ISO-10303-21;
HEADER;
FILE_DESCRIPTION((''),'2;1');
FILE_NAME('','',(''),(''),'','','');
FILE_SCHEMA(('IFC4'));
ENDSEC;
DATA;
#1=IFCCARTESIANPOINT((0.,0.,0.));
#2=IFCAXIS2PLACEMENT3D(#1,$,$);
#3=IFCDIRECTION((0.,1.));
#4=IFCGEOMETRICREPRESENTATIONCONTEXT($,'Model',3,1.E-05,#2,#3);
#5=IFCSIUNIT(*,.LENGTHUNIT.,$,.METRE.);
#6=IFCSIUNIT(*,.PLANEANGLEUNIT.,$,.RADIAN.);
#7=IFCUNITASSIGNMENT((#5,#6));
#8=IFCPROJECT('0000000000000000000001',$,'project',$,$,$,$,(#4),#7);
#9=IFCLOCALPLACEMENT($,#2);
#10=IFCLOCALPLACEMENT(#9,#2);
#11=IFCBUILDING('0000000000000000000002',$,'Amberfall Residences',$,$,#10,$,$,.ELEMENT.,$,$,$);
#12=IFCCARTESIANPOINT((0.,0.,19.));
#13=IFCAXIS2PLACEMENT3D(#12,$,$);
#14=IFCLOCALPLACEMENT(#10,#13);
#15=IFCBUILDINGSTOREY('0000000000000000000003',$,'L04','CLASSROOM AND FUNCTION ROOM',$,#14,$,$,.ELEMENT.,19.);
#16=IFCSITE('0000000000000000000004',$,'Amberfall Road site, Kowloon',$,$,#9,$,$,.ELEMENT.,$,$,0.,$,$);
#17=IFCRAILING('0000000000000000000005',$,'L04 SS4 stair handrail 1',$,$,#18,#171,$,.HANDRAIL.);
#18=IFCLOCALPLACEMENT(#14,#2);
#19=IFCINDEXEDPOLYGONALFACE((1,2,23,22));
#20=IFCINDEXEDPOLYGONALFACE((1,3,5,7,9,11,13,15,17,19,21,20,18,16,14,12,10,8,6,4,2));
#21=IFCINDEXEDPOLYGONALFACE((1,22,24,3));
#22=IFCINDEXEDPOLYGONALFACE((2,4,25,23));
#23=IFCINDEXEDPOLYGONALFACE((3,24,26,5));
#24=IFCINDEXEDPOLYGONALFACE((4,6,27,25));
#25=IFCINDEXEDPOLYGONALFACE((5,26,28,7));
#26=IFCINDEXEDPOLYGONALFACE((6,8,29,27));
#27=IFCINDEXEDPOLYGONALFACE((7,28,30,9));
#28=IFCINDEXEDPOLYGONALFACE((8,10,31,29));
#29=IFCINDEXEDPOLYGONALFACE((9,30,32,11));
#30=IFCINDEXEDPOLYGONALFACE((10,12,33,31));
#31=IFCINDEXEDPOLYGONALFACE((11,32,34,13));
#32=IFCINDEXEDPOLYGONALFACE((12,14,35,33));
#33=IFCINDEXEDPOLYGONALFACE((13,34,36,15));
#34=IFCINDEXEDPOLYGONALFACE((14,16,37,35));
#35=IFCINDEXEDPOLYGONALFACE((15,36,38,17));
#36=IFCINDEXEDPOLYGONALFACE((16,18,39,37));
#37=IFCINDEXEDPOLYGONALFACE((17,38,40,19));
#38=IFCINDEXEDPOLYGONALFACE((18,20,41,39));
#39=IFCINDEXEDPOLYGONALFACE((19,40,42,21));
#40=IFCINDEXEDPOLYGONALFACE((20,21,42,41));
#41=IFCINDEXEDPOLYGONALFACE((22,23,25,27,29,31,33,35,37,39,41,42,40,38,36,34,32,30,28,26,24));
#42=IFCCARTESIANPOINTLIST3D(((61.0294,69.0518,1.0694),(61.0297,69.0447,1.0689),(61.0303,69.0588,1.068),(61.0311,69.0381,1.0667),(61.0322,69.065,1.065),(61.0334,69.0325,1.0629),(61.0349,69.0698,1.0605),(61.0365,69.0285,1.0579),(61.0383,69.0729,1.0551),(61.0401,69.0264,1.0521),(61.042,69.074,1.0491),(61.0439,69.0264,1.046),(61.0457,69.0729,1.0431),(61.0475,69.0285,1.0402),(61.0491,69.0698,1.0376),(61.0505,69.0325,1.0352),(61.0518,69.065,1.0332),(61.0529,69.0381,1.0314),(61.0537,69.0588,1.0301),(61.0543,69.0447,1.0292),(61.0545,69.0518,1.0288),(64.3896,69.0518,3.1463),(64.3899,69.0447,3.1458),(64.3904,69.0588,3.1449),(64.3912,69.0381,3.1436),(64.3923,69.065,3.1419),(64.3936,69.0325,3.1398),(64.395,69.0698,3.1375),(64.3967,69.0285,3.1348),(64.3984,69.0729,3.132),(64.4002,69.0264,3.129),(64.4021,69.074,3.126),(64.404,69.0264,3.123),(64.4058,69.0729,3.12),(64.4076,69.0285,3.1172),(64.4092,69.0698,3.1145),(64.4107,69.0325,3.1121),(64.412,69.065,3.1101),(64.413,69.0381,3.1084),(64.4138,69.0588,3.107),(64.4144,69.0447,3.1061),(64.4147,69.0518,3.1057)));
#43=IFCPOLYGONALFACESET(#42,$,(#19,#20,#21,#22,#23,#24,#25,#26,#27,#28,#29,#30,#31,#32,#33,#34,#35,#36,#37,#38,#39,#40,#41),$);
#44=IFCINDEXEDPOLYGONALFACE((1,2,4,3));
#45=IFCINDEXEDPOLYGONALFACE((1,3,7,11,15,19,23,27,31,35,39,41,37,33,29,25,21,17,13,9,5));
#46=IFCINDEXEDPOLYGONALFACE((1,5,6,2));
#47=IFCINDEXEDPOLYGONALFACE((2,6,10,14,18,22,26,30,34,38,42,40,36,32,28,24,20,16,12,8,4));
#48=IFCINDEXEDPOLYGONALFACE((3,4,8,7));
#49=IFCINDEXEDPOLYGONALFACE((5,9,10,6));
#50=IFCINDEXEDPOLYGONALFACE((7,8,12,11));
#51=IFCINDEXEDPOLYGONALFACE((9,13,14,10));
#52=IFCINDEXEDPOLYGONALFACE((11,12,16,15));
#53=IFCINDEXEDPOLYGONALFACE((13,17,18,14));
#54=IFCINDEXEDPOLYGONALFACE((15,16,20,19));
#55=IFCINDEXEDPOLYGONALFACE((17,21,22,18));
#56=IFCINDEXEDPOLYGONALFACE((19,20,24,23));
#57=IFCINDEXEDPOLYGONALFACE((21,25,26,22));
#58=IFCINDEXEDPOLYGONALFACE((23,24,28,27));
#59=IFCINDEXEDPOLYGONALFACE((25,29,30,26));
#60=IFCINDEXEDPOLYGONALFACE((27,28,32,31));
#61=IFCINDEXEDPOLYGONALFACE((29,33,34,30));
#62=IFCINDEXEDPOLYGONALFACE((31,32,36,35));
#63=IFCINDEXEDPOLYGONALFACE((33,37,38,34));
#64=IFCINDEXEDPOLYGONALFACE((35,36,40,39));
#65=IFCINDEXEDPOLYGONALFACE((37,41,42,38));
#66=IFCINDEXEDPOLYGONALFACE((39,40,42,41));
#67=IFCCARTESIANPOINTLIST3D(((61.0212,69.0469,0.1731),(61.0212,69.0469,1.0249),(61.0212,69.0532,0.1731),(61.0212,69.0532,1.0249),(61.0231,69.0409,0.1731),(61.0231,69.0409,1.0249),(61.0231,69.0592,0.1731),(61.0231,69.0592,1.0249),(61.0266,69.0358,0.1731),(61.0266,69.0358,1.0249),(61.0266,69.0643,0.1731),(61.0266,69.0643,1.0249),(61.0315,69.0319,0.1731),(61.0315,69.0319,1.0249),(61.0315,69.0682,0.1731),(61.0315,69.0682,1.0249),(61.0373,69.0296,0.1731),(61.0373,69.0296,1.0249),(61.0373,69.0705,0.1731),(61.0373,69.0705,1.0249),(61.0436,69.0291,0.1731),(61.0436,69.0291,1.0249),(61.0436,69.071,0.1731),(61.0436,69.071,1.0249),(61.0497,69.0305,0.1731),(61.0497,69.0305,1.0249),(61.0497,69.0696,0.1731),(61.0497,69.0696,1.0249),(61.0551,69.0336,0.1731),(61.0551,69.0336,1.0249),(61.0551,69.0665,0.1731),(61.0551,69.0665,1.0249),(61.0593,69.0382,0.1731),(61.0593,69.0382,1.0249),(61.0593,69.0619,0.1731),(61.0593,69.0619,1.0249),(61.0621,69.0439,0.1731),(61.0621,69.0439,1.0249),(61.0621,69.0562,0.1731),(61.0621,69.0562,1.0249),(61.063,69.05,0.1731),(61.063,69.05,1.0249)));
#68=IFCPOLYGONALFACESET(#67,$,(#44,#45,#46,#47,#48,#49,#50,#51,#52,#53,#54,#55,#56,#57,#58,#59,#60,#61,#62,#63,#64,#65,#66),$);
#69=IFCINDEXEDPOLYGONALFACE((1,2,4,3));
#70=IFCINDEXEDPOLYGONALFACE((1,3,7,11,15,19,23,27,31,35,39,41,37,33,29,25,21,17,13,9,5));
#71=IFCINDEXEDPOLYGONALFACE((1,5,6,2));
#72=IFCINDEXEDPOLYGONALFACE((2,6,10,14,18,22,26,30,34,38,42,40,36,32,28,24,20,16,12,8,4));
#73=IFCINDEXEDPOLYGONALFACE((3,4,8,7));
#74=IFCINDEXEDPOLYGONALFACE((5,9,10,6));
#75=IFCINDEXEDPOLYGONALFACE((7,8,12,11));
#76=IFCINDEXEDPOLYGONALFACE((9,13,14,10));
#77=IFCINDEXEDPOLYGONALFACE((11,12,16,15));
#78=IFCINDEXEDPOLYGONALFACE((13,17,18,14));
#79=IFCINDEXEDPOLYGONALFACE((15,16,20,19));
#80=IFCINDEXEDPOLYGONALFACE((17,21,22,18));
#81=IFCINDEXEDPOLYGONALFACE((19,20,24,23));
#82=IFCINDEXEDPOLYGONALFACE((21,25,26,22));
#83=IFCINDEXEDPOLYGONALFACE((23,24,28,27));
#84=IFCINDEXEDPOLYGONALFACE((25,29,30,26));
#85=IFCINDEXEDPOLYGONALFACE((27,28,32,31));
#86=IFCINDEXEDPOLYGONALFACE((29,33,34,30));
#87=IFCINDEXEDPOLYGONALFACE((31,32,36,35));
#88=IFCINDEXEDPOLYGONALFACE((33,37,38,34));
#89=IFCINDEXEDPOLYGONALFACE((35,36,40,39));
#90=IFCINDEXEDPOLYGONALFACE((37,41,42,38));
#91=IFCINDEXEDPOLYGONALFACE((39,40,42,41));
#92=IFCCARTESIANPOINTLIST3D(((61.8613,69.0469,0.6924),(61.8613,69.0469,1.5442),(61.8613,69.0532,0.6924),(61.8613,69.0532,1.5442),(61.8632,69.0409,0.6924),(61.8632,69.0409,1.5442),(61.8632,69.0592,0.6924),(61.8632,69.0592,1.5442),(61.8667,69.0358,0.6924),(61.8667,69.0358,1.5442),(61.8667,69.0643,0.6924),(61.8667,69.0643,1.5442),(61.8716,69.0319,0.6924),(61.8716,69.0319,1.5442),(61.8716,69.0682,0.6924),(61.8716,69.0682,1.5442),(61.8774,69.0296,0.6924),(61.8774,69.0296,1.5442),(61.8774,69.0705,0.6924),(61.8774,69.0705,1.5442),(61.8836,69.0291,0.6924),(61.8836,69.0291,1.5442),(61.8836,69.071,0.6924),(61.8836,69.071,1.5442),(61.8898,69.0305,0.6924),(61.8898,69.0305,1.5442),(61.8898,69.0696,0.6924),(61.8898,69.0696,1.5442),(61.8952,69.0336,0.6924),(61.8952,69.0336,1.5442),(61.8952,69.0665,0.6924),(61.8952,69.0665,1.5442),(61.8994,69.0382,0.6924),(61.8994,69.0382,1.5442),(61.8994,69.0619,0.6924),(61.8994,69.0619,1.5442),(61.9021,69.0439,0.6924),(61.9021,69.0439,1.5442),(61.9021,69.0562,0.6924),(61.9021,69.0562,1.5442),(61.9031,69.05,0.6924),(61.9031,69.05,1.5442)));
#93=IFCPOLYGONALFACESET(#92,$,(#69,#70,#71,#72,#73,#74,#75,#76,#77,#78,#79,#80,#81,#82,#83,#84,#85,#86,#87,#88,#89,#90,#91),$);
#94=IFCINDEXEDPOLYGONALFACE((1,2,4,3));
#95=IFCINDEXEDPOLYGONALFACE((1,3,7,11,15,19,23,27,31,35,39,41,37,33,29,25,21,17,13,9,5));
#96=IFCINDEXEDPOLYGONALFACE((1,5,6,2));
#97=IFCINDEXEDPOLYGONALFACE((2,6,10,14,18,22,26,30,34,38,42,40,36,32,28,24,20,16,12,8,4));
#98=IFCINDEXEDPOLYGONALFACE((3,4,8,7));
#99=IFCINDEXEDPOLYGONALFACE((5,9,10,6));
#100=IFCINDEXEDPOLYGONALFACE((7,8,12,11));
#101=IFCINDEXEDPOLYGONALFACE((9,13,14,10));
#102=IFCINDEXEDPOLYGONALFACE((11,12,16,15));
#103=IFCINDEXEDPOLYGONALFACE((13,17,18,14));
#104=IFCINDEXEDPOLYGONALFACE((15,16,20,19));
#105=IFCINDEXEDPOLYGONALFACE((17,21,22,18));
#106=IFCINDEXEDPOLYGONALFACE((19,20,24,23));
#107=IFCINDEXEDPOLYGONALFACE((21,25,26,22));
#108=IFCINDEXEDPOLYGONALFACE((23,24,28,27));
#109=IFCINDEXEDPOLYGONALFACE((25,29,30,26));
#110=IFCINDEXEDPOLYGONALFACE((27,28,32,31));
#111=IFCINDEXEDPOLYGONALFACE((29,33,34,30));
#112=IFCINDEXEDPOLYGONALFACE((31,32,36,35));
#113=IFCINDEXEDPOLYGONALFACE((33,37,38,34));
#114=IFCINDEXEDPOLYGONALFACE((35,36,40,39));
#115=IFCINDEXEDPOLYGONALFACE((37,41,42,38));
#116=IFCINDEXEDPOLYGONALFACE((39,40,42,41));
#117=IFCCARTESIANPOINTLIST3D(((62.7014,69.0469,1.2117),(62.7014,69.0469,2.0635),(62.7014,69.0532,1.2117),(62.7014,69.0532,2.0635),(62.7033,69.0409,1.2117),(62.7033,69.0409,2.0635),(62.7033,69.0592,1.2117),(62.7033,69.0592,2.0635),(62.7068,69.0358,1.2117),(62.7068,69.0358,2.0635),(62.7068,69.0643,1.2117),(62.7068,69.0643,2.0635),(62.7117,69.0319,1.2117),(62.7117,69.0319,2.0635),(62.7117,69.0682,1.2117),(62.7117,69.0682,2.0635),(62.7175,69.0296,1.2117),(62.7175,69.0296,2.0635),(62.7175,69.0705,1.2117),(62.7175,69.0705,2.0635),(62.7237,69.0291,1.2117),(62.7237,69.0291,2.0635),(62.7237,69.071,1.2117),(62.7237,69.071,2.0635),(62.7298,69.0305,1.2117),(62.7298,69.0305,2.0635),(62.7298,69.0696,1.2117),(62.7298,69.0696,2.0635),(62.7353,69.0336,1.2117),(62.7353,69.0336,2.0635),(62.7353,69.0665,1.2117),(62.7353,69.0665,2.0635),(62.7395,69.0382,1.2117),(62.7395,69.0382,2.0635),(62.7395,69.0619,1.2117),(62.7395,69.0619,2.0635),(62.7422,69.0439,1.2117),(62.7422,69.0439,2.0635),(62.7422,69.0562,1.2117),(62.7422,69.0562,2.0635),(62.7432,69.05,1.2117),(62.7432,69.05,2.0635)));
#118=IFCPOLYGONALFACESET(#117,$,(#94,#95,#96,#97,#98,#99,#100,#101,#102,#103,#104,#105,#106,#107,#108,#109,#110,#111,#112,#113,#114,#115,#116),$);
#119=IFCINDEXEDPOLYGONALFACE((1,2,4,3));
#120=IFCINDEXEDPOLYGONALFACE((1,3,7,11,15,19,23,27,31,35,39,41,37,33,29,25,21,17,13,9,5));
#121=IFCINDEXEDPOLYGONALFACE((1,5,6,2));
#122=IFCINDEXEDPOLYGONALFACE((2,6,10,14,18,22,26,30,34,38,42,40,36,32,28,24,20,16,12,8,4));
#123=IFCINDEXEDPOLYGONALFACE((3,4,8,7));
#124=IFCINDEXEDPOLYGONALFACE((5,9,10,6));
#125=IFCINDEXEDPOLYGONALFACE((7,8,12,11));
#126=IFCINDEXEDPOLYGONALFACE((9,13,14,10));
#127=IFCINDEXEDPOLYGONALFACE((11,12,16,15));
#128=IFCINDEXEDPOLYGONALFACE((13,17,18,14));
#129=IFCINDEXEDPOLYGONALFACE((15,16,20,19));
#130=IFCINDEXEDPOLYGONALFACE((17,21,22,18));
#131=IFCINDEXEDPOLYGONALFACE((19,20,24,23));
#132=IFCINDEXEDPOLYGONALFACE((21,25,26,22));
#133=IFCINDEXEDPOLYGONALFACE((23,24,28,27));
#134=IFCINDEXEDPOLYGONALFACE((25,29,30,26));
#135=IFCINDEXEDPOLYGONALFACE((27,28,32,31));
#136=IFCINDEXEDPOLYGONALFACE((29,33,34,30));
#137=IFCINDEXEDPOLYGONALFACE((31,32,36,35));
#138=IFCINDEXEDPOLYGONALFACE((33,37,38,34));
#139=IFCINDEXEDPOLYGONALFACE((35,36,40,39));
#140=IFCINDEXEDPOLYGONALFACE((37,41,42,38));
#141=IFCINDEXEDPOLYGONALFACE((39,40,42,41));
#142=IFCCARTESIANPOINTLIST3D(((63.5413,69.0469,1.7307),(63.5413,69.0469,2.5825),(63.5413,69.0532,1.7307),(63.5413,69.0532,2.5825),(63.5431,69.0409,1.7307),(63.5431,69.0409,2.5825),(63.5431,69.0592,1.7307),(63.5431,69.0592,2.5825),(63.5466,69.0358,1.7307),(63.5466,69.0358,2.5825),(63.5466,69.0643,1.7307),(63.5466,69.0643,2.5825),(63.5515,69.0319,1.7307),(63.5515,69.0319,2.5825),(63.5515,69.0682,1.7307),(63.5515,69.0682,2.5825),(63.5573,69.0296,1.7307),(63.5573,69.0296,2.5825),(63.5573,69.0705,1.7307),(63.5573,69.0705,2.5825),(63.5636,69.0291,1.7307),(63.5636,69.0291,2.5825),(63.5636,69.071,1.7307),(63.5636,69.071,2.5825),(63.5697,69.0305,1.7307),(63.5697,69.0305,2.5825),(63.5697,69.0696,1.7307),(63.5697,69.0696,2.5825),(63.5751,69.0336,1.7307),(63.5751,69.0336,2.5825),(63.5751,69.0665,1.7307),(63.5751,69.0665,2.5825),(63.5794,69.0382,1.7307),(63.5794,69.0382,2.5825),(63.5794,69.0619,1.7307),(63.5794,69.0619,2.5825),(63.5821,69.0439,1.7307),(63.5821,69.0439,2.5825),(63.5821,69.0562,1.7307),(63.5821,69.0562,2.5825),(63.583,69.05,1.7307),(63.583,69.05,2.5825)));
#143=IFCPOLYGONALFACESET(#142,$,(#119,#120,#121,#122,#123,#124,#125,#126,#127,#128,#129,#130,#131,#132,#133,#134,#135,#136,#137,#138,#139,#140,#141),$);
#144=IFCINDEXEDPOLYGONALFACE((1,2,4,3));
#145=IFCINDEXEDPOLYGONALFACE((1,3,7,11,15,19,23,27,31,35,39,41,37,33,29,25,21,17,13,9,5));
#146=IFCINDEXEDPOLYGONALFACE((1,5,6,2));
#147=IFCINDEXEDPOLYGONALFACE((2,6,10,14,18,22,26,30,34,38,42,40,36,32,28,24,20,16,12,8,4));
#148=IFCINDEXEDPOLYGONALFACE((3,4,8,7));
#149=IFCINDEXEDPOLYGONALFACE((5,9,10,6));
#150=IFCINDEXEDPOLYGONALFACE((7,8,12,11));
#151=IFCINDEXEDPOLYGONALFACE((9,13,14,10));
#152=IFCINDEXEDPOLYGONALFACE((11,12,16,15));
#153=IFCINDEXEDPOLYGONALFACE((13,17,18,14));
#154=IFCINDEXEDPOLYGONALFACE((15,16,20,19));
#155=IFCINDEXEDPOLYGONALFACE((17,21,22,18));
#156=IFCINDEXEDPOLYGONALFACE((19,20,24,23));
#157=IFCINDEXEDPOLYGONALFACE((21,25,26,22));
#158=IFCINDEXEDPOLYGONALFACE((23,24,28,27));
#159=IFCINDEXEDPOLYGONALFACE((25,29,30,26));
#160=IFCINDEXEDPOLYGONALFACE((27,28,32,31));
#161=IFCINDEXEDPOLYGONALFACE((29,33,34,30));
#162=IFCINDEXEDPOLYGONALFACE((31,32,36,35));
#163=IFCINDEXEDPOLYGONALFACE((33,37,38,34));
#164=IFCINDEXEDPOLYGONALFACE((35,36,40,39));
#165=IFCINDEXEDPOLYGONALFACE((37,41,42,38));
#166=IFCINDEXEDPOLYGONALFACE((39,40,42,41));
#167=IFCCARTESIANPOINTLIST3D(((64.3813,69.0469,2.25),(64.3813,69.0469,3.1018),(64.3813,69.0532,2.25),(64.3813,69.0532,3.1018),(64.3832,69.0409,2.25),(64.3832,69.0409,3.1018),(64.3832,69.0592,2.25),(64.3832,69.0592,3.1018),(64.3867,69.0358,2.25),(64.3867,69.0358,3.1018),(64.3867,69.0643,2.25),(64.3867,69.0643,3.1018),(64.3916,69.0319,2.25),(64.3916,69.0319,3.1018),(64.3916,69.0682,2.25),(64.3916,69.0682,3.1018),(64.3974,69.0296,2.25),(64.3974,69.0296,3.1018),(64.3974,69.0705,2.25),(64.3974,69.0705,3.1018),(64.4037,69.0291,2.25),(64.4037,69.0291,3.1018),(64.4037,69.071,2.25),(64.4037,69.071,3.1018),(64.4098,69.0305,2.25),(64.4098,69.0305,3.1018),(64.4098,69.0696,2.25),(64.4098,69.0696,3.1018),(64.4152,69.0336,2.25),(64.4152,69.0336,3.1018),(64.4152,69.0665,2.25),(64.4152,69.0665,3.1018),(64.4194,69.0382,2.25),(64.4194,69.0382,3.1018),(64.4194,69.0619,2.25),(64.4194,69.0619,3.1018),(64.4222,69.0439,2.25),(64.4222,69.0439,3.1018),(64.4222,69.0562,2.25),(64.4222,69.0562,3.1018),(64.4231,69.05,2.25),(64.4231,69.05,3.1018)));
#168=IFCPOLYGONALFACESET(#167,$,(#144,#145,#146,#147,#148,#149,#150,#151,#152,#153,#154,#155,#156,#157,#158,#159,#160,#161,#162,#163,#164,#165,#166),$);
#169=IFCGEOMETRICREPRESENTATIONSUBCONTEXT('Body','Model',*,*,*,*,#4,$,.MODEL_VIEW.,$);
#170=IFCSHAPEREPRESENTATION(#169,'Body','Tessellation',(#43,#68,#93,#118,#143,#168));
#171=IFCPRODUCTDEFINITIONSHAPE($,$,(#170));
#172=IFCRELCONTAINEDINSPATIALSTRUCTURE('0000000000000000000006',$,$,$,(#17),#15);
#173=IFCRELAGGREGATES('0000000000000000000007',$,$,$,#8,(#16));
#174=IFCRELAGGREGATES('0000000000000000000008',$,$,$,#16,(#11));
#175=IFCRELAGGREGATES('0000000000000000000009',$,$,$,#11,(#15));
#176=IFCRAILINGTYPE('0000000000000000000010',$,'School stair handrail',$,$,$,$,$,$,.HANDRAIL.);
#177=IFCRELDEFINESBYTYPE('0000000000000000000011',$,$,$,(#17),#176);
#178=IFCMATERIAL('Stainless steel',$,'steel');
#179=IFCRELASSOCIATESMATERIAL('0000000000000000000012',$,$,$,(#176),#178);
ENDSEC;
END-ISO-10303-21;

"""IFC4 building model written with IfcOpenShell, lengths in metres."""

from ifc_helpers import new_model, si_unit, direction, frame, origin, origin_2d, place, context, subcontext, project, spatial, circle, extrude, material, type_object, element, save


model = new_model("IFC4")

# Units and contexts
model_context = context("Model", 3, precision=1e-05, world=origin(), true_north=direction((0.0, 1.0)))
body_context = subcontext(model_context, "Body", "Model", "MODEL_VIEW")
ifc_project = project(units=[si_unit("LENGTHUNIT", "METRE"), si_unit("PLANEANGLEUNIT", "RADIAN")], contexts=[model_context])

# Site, building, storey
site_placement = place(None, origin())
site = spatial("IfcSite", under=ifc_project, at=site_placement, Name="Amberfall Road site, Kowloon", CompositionType="ELEMENT", RefElevation=0.0)
building_placement = place(site_placement, origin())
building = spatial("IfcBuilding", under=site, at=building_placement, Name="Amberfall Residences", CompositionType="ELEMENT")
storey_placement = place(building_placement, frame((0.0, 0.0, 19.0)))
storey = spatial("IfcBuildingStorey", under=building, at=storey_placement, Name="L04", Description="CLASSROOM AND FUNCTION ROOM", CompositionType="ELEMENT", Elevation=19.0)

# Railing
ifc_material_1 = material(Name="Stainless steel", Category="steel")
railing_type_1 = type_object("IfcRailingType", Name="School stair handrail", PredefinedType="HANDRAIL", material=ifc_material_1)
railing_1_placement = place(storey_placement, frame((61.042, 69.05, 0.1731)))
element("IfcRailing", 1, at=railing_1_placement, inside=storey, type_object=railing_type_1, Name="L04 SS4 stair handrail 1", PredefinedType="HANDRAIL", context=body_context, shape_type="SweptSolid", body=[
    extrude(circle(Radius=0.0239, at=origin_2d()), frame((0.0, 0.0, 0.876), z_axis=(0.850623, 0.0, 0.525776), x_axis=(0.0, 1.0, 0.0)), (0.0, 0.0, 1.0), 3.9502),
    extrude(circle(Radius=0.021, at=origin_2d()), origin(), (0.0, 0.0, 1.0), 0.8518),
    extrude(circle(Radius=0.021, at=origin_2d()), frame((0.8401, 0.0, 0.5193)), (0.0, 0.0, 1.0), 0.8518),
    extrude(circle(Radius=0.021, at=origin_2d()), frame((1.6802, 0.0, 1.0386)), (0.0, 0.0, 1.0), 0.8518),
    extrude(circle(Radius=0.021, at=origin_2d()), frame((2.52, 0.0, 1.5576)), (0.0, 0.0, 1.0), 0.8518),
    extrude(circle(Radius=0.021, at=origin_2d()), frame((3.3601, 0.0, 2.0769)), (0.0, 0.0, 1.0), 0.8518),
])

save(model, "model.ifc")
